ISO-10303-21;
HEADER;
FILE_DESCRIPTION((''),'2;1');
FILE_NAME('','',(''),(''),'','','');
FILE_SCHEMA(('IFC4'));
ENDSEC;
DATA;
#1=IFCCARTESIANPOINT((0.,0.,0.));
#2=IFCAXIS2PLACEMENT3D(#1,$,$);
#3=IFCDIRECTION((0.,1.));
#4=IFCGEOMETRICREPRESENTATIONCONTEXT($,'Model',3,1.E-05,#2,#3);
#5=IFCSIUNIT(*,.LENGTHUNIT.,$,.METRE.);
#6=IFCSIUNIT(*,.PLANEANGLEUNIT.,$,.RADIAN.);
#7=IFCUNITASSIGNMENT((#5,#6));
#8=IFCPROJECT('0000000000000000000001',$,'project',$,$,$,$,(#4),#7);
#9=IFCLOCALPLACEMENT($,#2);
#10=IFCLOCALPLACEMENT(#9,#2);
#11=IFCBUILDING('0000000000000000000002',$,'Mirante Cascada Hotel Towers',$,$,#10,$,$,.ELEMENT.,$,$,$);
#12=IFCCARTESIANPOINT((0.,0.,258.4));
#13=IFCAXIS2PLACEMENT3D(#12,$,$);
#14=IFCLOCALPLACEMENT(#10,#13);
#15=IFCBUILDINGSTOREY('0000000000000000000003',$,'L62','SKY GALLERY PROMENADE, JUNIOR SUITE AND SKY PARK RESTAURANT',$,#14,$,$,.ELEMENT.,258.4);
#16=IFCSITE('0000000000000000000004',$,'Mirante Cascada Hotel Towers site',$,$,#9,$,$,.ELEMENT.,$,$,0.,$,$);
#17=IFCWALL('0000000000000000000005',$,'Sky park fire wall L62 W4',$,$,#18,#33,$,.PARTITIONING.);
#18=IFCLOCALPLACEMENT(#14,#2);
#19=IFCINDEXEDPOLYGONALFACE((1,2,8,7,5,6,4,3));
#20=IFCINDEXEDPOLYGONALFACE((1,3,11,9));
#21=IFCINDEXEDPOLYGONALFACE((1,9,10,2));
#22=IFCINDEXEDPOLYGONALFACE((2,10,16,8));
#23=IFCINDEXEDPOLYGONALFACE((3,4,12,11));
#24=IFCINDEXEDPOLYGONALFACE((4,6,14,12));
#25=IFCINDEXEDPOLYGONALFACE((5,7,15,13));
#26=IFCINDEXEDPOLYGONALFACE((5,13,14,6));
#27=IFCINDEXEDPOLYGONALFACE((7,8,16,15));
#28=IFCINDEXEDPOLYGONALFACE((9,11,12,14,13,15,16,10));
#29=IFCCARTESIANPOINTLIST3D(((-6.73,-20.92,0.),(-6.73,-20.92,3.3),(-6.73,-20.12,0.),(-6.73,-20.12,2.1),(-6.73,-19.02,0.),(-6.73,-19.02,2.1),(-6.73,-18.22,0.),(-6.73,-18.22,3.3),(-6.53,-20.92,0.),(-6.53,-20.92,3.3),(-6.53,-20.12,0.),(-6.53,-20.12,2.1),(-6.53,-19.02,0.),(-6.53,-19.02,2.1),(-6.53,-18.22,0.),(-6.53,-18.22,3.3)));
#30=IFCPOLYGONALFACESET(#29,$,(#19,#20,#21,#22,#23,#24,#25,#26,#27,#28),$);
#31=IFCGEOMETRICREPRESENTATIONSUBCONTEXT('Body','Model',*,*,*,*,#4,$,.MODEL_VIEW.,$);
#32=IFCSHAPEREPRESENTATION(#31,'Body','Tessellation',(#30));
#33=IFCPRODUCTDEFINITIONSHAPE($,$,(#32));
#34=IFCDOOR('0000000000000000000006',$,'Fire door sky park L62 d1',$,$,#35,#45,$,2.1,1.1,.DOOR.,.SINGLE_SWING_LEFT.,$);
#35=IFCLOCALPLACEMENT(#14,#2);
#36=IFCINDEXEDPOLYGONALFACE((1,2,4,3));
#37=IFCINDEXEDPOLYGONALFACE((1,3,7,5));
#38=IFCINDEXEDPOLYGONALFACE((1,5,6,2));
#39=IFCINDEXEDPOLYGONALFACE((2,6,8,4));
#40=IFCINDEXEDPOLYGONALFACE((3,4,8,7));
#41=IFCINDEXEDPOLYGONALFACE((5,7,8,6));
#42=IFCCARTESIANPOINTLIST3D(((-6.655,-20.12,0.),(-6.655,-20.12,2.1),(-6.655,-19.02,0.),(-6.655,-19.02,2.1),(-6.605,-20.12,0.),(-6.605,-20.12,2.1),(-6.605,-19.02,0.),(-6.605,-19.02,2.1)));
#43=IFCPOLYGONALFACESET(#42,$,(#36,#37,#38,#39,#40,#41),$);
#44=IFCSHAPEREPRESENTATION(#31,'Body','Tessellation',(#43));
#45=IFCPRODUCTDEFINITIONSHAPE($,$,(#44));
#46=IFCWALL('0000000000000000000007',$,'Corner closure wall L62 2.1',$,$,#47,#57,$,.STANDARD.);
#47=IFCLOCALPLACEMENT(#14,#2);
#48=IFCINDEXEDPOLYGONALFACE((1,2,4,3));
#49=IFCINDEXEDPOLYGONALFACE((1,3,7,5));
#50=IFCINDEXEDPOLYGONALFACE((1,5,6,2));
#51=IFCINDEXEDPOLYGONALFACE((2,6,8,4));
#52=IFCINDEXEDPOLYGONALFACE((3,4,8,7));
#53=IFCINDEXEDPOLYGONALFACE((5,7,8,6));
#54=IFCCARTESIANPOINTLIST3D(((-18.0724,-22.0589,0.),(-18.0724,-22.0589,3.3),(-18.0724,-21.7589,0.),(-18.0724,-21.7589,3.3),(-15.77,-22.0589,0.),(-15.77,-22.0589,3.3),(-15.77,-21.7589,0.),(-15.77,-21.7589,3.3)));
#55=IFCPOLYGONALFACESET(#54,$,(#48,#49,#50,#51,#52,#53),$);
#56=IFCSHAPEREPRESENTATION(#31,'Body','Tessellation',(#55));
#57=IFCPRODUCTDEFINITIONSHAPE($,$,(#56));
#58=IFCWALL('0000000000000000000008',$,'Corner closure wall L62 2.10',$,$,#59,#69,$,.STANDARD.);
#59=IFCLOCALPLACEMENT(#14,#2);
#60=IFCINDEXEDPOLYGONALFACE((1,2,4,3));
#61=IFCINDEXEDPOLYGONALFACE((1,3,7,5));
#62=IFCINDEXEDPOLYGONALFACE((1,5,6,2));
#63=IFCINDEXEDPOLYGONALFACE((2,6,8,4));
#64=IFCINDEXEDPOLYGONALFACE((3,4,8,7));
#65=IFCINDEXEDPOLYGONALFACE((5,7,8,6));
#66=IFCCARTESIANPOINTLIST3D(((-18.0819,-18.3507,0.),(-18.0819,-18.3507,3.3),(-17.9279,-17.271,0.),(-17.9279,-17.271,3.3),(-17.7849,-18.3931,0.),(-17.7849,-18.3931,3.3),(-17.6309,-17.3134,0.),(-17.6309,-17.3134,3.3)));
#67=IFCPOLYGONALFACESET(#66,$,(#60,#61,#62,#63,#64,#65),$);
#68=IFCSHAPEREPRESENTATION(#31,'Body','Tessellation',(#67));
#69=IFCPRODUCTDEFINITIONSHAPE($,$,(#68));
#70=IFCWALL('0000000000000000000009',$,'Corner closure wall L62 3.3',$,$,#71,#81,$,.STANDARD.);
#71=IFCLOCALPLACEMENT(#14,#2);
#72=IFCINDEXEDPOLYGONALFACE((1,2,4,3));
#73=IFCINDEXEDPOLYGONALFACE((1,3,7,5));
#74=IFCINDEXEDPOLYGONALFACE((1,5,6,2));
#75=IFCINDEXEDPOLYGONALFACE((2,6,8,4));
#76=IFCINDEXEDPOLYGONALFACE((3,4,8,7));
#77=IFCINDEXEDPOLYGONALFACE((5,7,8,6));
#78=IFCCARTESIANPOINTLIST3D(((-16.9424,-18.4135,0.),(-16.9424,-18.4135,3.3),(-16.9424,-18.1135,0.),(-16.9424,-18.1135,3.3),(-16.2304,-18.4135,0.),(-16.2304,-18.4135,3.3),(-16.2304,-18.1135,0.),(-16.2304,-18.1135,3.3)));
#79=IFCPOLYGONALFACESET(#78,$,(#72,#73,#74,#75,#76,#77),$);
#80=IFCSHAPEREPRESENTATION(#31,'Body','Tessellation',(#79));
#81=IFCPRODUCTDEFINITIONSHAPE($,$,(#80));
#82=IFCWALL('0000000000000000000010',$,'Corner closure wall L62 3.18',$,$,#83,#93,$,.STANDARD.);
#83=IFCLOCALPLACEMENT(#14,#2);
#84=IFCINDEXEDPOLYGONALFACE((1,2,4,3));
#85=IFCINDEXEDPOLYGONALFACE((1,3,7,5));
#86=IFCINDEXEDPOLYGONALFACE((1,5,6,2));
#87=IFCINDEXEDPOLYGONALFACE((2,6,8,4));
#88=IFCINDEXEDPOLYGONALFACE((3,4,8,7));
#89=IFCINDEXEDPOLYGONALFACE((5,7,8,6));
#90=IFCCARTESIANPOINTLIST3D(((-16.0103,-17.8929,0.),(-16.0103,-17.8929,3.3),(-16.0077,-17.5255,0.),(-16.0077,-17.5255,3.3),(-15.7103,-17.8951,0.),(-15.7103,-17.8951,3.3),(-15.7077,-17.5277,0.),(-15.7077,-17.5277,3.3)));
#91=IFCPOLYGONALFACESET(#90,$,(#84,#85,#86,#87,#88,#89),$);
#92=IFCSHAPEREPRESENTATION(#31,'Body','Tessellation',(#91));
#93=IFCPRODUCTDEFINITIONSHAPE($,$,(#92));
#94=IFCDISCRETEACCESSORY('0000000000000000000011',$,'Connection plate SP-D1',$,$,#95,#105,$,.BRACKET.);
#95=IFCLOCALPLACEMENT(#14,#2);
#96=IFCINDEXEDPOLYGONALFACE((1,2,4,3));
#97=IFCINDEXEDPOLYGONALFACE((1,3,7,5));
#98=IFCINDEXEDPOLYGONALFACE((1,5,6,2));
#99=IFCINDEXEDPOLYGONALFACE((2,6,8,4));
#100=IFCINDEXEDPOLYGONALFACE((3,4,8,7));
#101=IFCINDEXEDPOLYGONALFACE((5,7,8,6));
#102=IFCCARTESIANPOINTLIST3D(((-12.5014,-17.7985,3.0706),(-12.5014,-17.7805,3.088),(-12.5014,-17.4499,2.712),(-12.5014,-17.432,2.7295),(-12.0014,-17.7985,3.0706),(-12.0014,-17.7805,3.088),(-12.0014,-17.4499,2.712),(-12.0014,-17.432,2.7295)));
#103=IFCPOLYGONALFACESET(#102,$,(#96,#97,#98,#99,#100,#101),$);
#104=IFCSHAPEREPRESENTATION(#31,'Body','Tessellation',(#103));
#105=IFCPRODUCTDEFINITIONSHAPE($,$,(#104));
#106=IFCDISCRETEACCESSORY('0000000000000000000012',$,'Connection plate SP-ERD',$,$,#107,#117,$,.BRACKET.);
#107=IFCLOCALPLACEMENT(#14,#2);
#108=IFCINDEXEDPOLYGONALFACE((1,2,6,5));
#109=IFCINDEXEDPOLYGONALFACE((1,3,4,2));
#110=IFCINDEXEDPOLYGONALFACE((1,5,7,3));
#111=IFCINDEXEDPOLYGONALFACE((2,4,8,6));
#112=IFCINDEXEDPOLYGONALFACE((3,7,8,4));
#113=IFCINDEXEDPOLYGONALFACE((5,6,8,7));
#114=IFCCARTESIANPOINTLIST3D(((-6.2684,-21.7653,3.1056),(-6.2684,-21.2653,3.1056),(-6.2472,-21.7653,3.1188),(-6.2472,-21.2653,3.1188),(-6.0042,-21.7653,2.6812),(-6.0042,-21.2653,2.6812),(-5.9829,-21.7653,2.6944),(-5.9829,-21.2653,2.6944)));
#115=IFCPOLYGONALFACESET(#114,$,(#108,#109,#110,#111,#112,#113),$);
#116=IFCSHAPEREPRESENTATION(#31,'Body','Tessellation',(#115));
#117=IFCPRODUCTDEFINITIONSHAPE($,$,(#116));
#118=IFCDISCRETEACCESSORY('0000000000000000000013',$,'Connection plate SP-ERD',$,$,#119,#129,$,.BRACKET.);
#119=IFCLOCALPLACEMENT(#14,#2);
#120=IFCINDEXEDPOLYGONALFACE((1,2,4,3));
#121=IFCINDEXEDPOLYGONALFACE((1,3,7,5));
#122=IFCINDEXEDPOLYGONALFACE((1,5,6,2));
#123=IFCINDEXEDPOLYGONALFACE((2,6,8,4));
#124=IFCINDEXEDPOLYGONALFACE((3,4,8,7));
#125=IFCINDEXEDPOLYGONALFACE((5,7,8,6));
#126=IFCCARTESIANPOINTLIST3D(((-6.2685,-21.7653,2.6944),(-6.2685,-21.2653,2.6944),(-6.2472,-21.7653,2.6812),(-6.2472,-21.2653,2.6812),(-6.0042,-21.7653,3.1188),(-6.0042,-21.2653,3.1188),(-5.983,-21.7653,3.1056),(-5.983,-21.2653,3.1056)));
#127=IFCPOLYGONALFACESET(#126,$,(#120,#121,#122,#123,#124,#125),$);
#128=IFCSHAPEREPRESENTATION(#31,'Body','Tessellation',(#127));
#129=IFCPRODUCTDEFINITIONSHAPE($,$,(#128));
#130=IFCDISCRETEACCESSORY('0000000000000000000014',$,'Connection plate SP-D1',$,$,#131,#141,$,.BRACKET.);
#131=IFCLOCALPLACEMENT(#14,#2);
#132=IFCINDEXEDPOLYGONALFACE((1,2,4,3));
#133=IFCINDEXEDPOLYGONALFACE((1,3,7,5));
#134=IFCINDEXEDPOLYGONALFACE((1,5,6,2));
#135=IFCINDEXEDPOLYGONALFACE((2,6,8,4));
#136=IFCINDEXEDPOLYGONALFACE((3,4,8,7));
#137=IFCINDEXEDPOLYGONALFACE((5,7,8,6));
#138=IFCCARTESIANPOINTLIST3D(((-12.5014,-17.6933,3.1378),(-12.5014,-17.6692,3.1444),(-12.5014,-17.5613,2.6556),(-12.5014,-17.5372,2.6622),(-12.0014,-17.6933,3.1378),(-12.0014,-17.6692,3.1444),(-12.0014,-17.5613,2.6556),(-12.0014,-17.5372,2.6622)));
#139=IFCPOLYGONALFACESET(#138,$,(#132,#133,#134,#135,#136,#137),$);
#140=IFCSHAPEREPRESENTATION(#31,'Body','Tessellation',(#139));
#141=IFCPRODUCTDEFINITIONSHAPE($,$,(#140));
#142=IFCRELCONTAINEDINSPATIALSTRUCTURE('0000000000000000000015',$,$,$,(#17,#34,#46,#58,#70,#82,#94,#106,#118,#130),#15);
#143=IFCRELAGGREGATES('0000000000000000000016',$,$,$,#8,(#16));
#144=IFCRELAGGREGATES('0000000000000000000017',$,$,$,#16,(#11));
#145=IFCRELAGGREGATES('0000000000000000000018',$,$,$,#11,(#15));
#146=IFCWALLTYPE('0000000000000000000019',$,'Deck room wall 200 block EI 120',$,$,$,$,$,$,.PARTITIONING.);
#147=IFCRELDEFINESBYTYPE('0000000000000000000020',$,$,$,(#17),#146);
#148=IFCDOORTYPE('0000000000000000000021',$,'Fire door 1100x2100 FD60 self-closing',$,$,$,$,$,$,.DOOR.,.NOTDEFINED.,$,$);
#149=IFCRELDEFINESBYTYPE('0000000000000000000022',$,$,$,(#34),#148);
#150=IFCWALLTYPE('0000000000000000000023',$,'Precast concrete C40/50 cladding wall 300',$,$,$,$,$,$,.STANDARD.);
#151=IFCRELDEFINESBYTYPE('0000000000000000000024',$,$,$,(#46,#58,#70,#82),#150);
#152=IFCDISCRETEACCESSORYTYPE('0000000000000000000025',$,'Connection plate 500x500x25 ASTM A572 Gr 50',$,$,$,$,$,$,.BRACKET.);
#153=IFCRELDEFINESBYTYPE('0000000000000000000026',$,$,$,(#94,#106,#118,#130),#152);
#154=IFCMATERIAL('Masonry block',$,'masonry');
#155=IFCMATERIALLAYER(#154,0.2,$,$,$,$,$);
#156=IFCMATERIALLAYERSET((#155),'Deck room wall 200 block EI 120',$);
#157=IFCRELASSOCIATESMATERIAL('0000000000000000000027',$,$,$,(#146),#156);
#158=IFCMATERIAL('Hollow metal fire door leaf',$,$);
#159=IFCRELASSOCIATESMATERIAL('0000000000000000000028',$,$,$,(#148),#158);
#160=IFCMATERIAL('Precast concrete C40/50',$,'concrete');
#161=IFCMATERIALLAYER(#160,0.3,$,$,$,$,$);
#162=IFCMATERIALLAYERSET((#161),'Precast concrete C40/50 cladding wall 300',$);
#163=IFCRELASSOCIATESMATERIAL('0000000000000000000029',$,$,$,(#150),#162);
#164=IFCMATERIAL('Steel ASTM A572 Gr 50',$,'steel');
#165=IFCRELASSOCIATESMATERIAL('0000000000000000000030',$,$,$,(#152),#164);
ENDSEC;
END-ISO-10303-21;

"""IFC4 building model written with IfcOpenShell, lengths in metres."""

from ifc_helpers import new_model, si_unit, direction, frame, frame_2d, origin, origin_2d, place, context, subcontext, project, spatial, rectangle, extrude, material, layer, layer_set, material_profile, profile_set, type_object, element, fill, save


model = new_model("IFC4")

# Units and contexts
model_context = context("Model", 3, precision=1e-05, world=origin(), true_north=direction((0.0, 1.0)))
body_context = subcontext(model_context, "Body", "Model", "MODEL_VIEW")
ifc_project = project(units=[si_unit("LENGTHUNIT", "METRE"), si_unit("PLANEANGLEUNIT", "RADIAN")], contexts=[model_context])

# Site, building, storey
site_placement = place(None, origin())
site = spatial("IfcSite", under=ifc_project, at=site_placement, Name="Mirante Cascada Hotel Towers site", CompositionType="ELEMENT", RefElevation=0.0)
building_placement = place(site_placement, origin())
building = spatial("IfcBuilding", under=site, at=building_placement, Name="Mirante Cascada Hotel Towers", CompositionType="ELEMENT")
storey_placement = place(building_placement, frame((0.0, 0.0, 258.4)))
storey = spatial("IfcBuildingStorey", under=building, at=storey_placement, Name="L62", Description="SKY GALLERY PROMENADE, JUNIOR SUITE AND SKY PARK RESTAURANT", CompositionType="ELEMENT", Elevation=258.4)

# Shared definitions
ifc_material_1 = material(Name="Masonry block", Category="masonry")
ifc_layer_1 = layer(ifc_material_1, 0.2)
ifc_layer_set_1 = layer_set([ifc_layer_1], Name="Deck room wall 200 block EI 120")
wall_type_1 = type_object("IfcWallType", Name="Deck room wall 200 block EI 120", PredefinedType="PARTITIONING", material=ifc_layer_set_1)

# Wall, opening, door
wall_1_placement = place(storey_placement, frame((-6.63, -20.92, 0.0), z_axis=(0.0, 0.0, 1.0), x_axis=(0.0, 1.0, 0.0)))
wall_1 = element("IfcWall", 1, at=wall_1_placement, inside=storey, type_object=wall_type_1, Name="Sky park fire wall L62 W4", PredefinedType="PARTITIONING", context=body_context, shape_type="SweptSolid", body=[
    extrude(rectangle(XDim=2.7, YDim=0.2, at=frame_2d((1.35, 0.0))), origin(), (0.0, 0.0, 1.0), 3.3),
])
opening_placement = place(wall_1_placement, frame((0.8, 0.0, 0.0)))
opening = element("IfcOpeningElement", 2, at=opening_placement, cuts=wall_1, PredefinedType="OPENING", context=body_context, shape_type="SweptSolid", body=[
    extrude(rectangle(XDim=1.1, YDim=2.1, at=frame_2d((0.55, 1.05))), frame((0.0, 0.1, 0.0), z_axis=(0.0, -1.0, 0.0), x_axis=(1.0, 0.0, 0.0)), (0.0, 0.0, 1.0), 0.2),
])
ifc_material_2 = material(Name="Hollow metal fire door leaf")
door_type = type_object("IfcDoorType", Name="Fire door 1100x2100 FD60 self-closing", OperationType="NOTDEFINED", PredefinedType="DOOR", material=ifc_material_2)
door_placement = place(opening_placement, origin())
door = element("IfcDoor", 3, at=door_placement, inside=storey, type_object=door_type, Name="Fire door sky park L62 d1", OperationType="SINGLE_SWING_LEFT", OverallHeight=2.1, OverallWidth=1.1, PredefinedType="DOOR", context=body_context, shape_type="SweptSolid", body=[
    extrude(rectangle(XDim=1.1, YDim=2.1, at=frame_2d((0.55, 1.05))), frame((0.0, 0.025, 0.0), z_axis=(0.0, -1.0, 0.0), x_axis=(1.0, 0.0, 0.0)), (0.0, 0.0, 1.0), 0.05),
])
fill(opening, door)

# Walls
ifc_material_3 = material(Name="Precast concrete C40/50", Category="concrete")
ifc_layer_2 = layer(ifc_material_3, 0.3)
ifc_layer_set_2 = layer_set([ifc_layer_2], Name="Precast concrete C40/50 cladding wall 300")
wall_type_2 = type_object("IfcWallType", Name="Precast concrete C40/50 cladding wall 300", PredefinedType="STANDARD", material=ifc_layer_set_2)
wall_2_placement = place(storey_placement, frame((-15.77, -21.9089, 0.0), z_axis=(0.0, 0.0, 1.0), x_axis=(-1.0, 0.0, 0.0)))
element("IfcWall", 4, at=wall_2_placement, inside=storey, type_object=wall_type_2, Name="Corner closure wall L62 2.1", PredefinedType="STANDARD", context=body_context, shape_type="SweptSolid", body=[
    extrude(rectangle(XDim=2.3024, YDim=0.3, at=frame_2d((1.1512, 0.0))), origin(), (0.0, 0.0, 1.0), 3.3),
])
wall_3_placement = place(storey_placement, frame((-17.9334, -18.3719, 0.0), z_axis=(0.0, 0.0, 1.0), x_axis=(0.141203, 0.989981, 0.0)))
element("IfcWall", 5, at=wall_3_placement, inside=storey, type_object=wall_type_2, Name="Corner closure wall L62 2.10", PredefinedType="STANDARD", context=body_context, shape_type="SweptSolid", body=[
    extrude(rectangle(XDim=1.0906, YDim=0.3, at=frame_2d((0.5453, 0.0))), origin(), (0.0, 0.0, 1.0), 3.3),
])
wall_4_placement = place(storey_placement, frame((-16.9424, -18.2635, 0.0), z_axis=(0.0, 0.0, 1.0), x_axis=(1.0, 0.0, 0.0)))
element("IfcWall", 6, at=wall_4_placement, inside=storey, type_object=wall_type_2, Name="Corner closure wall L62 3.3", PredefinedType="STANDARD", context=body_context, shape_type="SweptSolid", body=[
    extrude(rectangle(XDim=0.712, YDim=0.3, at=frame_2d((0.356, 0.0))), origin(), (0.0, 0.0, 1.0), 3.3),
])
wall_5_placement = place(storey_placement, frame((-15.8603, -17.894, 0.0), z_axis=(0.0, 0.0, 1.0), x_axis=(0.007077, 0.999975, 0.0)))
element("IfcWall", 7, at=wall_5_placement, inside=storey, type_object=wall_type_2, Name="Corner closure wall L62 3.18", PredefinedType="STANDARD", context=body_context, shape_type="SweptSolid", body=[
    extrude(rectangle(XDim=0.3674, YDim=0.3, at=frame_2d((0.1837, 0.0))), origin(), (0.0, 0.0, 1.0), 3.3),
])

# Discrete accessories
ifc_material_4 = material(Name="Steel ASTM A572 Gr 50", Category="steel")
ifc_material_profile_1 = material_profile(ifc_material_4, rectangle(XDim=0.5, YDim=0.5, at=origin_2d()), Name="Connection plate 500x500x25 ASTM A572 Gr 50")
ifc_profile_set_1 = profile_set([ifc_material_profile_1], Name="Steel ASTM A572 Gr 50")
discrete_accessory_type = type_object("IfcDiscreteAccessoryType", Name="Connection plate 500x500x25 ASTM A572 Gr 50", PredefinedType="BRACKET", material=ifc_profile_set_1)
for number, where, z_axis, x_axis, name in (
    (8, (-12.2514, -17.6242, 2.8913), (0.0, 0.717051, 0.697021), (-1.0, 0.0, 0.0), "Connection plate SP-D1"),
    (9, (-6.1363, -21.5153, 2.8934), (0.848897, 0.0, 0.528559), (0.0, 1.0, 0.0), "Connection plate SP-ERD"),
    (10, (-6.1151, -21.5153, 2.8934), (-0.848897, 0.0, 0.528559), (0.0, -1.0, 0.0), "Connection plate SP-ERD"),
    (11, (-12.2514, -17.6273, 2.8967), (0.0, 0.964486, 0.264133), (-1.0, 0.0, 0.0), "Connection plate SP-D1"),
):
    element("IfcDiscreteAccessory", number, at=place(storey_placement, frame(where, z_axis=z_axis, x_axis=x_axis)), inside=storey, type_object=discrete_accessory_type, Name=name, PredefinedType="BRACKET", context=body_context, shape_type="SweptSolid", body=[
        extrude(rectangle(XDim=0.5, YDim=0.5, at=origin_2d()), origin(), (0.0, 0.0, 1.0), 0.025),
    ])

save(model, "model.ifc")
